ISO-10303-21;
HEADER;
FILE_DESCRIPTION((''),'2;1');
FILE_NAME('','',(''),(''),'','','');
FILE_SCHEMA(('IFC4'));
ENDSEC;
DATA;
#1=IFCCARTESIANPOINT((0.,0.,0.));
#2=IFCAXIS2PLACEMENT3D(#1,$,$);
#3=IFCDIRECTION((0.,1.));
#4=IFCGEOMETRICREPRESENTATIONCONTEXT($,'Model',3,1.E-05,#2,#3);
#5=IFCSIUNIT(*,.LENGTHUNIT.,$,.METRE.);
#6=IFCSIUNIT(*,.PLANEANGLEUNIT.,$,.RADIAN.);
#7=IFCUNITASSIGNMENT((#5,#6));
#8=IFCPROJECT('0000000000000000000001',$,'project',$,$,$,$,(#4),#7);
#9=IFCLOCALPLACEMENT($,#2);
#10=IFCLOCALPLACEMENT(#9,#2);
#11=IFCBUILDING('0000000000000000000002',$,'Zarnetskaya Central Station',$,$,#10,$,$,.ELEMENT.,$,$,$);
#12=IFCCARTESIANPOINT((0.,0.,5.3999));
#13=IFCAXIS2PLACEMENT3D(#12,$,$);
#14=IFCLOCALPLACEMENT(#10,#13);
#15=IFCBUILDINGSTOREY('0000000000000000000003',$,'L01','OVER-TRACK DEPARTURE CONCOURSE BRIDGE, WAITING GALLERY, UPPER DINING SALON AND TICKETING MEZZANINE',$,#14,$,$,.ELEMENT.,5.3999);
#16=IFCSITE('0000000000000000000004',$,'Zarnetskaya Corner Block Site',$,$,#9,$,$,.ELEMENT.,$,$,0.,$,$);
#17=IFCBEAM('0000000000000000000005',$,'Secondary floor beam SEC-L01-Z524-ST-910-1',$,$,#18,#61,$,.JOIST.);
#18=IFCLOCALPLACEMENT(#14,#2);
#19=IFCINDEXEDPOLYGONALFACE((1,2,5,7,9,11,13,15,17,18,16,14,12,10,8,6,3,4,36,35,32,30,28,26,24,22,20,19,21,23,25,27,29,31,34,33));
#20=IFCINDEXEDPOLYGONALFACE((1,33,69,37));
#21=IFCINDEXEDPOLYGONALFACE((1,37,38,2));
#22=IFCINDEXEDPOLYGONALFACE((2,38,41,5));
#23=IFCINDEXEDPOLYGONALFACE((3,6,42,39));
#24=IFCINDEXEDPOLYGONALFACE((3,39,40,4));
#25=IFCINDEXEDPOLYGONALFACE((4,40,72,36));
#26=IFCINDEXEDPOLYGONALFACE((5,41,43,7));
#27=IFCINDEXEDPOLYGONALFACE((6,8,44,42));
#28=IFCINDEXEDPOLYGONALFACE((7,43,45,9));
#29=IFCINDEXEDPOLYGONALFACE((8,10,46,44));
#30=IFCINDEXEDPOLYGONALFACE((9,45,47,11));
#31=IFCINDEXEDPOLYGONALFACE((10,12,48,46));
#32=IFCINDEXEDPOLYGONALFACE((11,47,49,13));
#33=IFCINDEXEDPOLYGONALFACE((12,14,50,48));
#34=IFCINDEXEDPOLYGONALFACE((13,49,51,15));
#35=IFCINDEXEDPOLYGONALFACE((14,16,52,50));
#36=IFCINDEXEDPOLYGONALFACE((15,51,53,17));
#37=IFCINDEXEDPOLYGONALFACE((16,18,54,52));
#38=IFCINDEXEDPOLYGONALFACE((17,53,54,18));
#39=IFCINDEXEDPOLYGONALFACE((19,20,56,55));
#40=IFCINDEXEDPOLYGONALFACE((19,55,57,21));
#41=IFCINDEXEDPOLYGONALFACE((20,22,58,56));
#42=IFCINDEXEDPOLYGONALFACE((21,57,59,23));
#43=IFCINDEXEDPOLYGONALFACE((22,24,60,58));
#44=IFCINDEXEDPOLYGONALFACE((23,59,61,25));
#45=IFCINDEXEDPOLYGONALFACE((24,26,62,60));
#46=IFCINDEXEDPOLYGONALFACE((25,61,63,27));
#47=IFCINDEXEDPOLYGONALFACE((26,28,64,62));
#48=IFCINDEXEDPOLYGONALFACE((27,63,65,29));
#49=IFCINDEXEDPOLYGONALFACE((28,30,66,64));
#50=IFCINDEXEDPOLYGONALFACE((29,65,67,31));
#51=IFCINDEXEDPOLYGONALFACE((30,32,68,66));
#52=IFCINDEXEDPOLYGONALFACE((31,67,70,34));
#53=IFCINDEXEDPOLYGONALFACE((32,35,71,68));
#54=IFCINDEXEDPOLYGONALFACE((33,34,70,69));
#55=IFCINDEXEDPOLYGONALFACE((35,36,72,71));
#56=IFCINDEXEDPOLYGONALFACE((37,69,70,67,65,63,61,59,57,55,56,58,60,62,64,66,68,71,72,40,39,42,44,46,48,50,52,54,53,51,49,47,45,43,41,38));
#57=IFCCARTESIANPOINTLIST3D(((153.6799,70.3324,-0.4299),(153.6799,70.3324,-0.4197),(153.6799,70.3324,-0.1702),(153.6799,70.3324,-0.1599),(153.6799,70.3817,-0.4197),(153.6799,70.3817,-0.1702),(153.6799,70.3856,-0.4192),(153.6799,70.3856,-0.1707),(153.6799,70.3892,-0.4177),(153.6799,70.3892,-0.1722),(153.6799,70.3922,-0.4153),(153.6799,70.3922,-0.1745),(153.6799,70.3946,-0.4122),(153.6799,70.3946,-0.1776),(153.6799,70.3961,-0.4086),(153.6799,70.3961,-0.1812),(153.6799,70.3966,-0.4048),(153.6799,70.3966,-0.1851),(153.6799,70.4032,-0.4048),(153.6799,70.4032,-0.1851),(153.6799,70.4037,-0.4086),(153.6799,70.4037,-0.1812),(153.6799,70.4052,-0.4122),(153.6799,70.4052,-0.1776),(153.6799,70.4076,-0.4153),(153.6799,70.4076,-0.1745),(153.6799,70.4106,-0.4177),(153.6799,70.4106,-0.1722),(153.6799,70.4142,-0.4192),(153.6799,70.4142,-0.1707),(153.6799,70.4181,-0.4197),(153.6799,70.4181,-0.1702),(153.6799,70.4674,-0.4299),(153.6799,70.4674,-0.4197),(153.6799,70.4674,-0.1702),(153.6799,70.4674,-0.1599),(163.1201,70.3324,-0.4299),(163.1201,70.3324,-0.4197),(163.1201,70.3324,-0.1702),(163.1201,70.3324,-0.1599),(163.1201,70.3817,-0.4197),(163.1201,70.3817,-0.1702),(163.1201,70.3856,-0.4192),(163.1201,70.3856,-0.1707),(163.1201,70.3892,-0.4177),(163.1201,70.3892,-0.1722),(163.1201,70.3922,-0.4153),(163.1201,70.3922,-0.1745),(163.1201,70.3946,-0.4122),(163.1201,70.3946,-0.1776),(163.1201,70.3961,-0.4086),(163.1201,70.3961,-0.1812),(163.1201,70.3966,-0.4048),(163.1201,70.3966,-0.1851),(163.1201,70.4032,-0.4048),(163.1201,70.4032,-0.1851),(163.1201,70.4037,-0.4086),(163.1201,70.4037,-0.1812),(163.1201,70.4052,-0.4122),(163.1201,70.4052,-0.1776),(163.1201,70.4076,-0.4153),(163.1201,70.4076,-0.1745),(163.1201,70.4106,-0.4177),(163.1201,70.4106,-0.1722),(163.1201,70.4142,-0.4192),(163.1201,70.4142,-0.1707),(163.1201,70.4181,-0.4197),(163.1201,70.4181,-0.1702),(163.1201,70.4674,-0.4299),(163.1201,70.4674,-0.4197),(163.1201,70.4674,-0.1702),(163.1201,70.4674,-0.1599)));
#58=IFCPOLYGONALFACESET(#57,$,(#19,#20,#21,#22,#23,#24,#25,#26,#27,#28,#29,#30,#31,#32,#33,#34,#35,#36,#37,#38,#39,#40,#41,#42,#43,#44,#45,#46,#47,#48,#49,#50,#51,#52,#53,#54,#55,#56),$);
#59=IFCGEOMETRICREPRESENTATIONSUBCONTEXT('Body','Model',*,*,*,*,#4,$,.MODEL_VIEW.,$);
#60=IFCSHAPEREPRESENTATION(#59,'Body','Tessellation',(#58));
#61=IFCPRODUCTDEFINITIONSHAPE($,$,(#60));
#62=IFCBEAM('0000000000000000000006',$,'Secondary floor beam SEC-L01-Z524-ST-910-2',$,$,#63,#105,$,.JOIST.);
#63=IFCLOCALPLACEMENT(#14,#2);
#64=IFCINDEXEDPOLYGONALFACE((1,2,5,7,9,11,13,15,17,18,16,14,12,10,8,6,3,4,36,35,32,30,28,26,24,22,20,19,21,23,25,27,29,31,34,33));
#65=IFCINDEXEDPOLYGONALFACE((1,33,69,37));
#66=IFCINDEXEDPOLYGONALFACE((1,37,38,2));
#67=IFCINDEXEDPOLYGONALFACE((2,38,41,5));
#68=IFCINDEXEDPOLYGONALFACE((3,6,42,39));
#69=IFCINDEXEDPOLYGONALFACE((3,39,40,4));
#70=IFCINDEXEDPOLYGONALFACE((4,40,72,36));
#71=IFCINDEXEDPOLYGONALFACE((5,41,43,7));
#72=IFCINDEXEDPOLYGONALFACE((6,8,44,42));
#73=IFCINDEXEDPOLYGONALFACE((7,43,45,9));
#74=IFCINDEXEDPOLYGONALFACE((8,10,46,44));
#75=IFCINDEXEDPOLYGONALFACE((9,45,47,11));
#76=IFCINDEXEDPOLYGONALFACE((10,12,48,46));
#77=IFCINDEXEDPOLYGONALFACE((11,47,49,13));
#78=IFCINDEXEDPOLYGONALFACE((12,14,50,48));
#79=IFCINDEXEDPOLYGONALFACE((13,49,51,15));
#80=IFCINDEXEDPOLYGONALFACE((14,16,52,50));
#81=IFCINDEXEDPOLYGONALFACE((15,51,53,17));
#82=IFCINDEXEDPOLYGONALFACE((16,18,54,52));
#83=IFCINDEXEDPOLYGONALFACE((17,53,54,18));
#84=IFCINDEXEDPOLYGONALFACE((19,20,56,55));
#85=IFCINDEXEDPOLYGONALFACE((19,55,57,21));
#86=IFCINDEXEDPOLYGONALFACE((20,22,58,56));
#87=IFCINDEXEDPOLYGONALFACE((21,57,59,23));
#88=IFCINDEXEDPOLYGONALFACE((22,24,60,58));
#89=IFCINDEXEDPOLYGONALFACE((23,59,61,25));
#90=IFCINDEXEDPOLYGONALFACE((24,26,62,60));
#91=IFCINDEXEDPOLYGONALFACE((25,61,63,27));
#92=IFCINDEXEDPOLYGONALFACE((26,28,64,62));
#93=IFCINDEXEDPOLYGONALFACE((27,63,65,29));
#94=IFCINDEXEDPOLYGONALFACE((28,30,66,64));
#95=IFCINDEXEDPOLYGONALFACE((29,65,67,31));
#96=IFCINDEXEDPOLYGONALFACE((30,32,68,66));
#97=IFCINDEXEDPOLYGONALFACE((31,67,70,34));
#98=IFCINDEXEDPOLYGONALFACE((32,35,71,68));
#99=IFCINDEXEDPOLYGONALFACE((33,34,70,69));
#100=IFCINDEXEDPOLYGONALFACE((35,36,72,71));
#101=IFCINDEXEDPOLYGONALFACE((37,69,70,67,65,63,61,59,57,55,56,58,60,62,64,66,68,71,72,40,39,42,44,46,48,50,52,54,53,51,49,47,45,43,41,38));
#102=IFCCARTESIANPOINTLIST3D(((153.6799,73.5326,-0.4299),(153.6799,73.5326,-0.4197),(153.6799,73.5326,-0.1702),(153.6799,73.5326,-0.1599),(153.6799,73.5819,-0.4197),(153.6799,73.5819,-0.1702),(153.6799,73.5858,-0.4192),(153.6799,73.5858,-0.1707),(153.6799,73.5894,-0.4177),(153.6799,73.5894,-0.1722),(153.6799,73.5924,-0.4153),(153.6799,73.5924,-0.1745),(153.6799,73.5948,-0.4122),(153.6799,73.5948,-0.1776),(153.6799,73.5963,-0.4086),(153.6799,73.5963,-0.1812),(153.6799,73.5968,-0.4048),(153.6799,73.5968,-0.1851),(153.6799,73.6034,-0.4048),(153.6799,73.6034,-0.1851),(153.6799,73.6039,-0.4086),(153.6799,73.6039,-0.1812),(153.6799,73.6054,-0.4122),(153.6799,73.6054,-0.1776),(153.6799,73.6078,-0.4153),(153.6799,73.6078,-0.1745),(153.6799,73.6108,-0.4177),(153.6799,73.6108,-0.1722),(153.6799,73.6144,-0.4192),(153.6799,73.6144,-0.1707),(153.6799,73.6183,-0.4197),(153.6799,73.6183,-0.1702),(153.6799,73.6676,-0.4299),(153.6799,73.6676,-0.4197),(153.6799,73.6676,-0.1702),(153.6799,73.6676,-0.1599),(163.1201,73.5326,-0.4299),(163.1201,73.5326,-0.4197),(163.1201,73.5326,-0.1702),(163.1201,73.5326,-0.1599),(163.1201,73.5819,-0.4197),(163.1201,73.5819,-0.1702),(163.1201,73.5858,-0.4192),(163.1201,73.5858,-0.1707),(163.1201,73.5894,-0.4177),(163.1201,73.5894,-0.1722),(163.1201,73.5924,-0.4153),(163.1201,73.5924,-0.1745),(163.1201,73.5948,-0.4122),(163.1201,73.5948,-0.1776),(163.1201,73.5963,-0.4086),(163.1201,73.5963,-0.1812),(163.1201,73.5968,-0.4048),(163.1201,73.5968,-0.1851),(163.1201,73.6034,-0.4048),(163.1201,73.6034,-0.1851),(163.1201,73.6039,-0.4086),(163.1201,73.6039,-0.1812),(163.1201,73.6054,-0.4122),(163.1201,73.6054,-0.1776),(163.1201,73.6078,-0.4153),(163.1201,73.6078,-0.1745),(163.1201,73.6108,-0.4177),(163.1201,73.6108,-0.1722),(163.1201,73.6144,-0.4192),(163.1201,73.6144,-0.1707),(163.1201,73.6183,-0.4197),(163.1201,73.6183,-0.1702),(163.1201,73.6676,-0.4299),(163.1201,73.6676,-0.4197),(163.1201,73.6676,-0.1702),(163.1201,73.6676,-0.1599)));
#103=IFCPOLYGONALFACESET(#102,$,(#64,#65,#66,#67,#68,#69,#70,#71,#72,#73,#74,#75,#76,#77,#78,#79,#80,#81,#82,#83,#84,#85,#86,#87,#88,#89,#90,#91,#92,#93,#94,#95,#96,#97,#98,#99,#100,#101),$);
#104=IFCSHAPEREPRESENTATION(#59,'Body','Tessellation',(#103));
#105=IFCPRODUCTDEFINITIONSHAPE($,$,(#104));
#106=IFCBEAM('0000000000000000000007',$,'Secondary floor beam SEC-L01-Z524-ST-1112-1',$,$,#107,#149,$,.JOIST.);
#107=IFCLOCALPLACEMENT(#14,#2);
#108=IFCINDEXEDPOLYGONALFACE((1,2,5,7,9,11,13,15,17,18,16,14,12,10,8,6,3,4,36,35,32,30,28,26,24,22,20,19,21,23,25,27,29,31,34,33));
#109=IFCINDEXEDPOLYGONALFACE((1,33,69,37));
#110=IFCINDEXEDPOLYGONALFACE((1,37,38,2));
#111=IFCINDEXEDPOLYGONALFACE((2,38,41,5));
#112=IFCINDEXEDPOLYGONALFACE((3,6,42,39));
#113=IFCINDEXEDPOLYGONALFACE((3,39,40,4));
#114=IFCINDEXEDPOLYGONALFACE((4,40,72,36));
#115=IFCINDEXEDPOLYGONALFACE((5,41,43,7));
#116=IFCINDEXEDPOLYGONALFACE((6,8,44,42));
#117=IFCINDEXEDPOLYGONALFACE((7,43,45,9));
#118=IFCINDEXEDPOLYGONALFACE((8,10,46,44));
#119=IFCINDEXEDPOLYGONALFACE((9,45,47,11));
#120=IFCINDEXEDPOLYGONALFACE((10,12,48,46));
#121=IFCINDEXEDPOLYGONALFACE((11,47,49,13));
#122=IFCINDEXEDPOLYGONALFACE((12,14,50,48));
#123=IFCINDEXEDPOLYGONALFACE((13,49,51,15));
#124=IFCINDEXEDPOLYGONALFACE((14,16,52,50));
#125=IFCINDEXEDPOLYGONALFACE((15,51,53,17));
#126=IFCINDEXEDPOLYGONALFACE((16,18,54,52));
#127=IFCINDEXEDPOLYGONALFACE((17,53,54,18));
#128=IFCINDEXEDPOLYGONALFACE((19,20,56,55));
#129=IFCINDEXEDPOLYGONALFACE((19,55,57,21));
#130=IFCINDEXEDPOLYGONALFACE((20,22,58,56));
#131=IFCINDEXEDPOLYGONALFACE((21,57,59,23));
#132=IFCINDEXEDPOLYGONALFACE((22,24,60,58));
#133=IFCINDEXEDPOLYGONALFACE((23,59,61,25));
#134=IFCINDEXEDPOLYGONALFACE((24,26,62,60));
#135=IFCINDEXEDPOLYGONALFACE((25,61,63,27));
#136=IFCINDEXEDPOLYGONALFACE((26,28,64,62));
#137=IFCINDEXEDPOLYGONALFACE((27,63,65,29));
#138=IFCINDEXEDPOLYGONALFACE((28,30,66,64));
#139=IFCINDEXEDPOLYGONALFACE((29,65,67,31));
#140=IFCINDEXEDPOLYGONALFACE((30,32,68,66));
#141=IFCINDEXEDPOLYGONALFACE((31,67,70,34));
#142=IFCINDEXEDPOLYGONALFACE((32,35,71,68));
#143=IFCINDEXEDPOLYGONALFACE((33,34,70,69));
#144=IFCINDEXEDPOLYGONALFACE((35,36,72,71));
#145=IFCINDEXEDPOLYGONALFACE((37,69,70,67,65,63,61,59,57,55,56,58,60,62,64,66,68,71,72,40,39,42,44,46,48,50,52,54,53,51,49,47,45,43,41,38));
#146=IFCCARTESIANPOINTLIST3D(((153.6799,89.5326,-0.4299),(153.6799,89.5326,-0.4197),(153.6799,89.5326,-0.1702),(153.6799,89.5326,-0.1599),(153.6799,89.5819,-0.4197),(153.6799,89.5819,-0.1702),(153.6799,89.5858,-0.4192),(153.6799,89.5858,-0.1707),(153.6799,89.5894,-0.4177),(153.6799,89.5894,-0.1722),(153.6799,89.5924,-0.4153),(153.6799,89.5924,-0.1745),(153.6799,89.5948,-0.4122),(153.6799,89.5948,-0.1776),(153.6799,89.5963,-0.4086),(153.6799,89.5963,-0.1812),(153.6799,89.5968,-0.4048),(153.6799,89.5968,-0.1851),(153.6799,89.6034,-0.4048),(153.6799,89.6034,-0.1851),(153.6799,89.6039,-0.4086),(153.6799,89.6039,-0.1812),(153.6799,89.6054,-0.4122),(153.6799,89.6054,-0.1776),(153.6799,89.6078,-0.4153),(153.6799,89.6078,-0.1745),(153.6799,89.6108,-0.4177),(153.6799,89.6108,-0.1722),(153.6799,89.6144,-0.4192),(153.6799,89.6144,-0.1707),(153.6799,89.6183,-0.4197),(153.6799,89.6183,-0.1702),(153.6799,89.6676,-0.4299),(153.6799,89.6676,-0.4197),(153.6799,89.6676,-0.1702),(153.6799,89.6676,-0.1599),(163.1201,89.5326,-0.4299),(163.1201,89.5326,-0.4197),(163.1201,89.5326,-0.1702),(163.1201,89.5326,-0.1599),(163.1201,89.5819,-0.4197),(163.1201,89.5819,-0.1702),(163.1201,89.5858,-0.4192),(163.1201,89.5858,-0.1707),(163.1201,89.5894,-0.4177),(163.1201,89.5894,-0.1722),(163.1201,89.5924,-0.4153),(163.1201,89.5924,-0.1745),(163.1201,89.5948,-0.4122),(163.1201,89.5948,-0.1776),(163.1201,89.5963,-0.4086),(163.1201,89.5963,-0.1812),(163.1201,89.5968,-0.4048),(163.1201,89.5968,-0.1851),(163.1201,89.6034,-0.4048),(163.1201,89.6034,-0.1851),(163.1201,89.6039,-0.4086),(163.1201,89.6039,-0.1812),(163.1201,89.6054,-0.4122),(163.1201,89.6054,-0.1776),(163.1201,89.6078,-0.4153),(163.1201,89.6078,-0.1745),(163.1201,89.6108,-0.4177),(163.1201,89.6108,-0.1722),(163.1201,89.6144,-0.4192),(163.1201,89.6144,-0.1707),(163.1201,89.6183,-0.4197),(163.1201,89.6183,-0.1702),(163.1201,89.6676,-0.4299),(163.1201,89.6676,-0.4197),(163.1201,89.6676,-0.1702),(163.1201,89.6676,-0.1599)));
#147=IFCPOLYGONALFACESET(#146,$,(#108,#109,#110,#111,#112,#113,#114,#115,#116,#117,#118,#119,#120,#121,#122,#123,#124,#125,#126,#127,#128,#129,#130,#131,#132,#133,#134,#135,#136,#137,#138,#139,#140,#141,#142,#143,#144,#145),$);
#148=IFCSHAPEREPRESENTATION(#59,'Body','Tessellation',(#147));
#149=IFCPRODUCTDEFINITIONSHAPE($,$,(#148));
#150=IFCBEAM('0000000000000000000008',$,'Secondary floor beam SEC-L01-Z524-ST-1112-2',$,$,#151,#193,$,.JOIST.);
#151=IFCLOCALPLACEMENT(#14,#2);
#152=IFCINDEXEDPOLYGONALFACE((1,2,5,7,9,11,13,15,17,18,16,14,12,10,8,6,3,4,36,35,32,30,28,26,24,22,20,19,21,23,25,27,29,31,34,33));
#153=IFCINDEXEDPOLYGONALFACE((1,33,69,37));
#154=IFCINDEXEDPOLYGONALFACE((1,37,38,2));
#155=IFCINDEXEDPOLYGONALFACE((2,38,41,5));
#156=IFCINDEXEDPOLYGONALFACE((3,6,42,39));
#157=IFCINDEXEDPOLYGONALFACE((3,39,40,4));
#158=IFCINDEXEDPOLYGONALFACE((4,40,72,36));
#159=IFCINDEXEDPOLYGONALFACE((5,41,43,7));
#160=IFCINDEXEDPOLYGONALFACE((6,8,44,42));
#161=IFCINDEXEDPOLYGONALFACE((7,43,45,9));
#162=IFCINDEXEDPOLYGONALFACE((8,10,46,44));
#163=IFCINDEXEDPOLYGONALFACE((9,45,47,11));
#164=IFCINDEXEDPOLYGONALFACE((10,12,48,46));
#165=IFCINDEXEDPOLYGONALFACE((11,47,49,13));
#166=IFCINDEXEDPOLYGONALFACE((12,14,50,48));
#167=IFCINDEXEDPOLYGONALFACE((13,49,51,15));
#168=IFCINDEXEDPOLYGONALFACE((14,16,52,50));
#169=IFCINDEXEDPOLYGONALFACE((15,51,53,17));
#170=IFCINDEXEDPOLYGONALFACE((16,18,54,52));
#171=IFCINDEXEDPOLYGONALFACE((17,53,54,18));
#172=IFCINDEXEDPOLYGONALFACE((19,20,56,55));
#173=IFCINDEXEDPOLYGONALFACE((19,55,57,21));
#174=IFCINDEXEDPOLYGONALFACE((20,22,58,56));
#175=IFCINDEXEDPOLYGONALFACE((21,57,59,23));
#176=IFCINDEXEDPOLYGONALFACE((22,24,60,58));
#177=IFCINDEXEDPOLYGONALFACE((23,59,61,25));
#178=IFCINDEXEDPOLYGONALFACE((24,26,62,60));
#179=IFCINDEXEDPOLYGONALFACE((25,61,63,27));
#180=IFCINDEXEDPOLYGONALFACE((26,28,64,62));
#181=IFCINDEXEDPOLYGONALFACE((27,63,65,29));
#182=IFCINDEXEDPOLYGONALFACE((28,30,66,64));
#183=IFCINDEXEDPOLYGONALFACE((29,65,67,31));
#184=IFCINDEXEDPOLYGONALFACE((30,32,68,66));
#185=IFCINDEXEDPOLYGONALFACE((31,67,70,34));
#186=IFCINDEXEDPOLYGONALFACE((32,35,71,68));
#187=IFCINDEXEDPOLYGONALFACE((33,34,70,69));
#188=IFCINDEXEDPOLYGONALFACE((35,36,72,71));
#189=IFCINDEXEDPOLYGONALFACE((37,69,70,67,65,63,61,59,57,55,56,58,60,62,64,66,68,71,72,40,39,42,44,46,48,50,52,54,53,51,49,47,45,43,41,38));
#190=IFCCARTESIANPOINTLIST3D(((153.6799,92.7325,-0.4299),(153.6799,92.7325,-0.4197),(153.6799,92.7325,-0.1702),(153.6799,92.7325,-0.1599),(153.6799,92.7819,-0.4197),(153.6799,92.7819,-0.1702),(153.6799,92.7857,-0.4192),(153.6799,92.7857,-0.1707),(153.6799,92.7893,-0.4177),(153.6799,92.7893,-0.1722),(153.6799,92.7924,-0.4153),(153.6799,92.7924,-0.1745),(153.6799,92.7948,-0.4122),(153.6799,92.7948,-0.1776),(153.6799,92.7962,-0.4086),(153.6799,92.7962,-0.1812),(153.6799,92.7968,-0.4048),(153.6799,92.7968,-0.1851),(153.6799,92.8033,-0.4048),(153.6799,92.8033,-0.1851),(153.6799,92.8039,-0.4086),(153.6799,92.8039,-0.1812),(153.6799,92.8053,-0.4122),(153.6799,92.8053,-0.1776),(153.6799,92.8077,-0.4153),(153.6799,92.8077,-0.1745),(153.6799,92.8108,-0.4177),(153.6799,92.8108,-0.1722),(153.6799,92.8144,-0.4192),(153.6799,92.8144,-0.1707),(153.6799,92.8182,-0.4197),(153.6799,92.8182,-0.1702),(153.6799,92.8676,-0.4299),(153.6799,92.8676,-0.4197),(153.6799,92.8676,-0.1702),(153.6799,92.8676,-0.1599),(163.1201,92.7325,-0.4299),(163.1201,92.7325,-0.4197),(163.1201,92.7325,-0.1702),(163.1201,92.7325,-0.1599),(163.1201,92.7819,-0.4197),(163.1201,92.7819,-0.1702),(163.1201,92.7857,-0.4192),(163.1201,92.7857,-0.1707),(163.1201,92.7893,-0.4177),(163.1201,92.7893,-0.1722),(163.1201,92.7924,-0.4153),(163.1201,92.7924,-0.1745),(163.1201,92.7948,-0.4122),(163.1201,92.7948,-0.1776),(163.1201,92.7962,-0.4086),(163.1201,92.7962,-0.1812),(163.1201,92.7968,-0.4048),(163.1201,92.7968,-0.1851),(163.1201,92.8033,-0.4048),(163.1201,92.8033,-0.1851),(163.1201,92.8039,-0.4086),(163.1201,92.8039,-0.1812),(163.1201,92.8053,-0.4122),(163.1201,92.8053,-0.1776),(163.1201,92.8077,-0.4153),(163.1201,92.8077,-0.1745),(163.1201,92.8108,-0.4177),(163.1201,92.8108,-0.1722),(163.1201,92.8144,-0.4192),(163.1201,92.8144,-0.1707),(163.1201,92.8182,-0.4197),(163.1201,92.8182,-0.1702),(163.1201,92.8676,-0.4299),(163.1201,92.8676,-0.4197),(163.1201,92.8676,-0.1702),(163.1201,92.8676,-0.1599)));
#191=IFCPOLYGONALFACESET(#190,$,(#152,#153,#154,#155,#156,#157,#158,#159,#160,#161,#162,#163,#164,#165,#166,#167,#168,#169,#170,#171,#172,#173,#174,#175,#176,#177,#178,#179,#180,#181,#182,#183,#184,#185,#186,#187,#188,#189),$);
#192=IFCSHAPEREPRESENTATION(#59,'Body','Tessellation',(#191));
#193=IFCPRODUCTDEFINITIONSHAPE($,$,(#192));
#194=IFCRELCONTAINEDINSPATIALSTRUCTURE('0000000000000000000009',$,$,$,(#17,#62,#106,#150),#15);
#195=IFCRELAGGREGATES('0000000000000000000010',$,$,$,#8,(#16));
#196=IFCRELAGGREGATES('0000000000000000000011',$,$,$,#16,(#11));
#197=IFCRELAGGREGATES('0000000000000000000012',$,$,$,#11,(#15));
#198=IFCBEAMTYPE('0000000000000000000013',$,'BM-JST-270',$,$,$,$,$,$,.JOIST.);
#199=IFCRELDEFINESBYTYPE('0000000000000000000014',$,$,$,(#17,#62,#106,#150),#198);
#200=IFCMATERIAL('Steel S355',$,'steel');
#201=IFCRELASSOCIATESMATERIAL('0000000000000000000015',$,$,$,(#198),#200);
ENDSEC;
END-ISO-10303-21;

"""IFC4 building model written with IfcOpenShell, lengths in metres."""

from ifc_helpers import new_model, si_unit, direction, frame, origin, origin_2d, place, context, subcontext, project, spatial, i_section, extrude, material, material_profile, profile_set, type_object, element, save


model = new_model("IFC4")

# Units and contexts
model_context = context("Model", 3, precision=1e-05, world=origin(), true_north=direction((0.0, 1.0)))
body_context = subcontext(model_context, "Body", "Model", "MODEL_VIEW")
ifc_project = project(units=[si_unit("LENGTHUNIT", "METRE"), si_unit("PLANEANGLEUNIT", "RADIAN")], contexts=[model_context])

# Site, building, storey
site_placement = place(None, origin())
site = spatial("IfcSite", under=ifc_project, at=site_placement, Name="Zarnetskaya Corner Block Site", CompositionType="ELEMENT", RefElevation=0.0)
building_placement = place(site_placement, origin())
building = spatial("IfcBuilding", under=site, at=building_placement, Name="Zarnetskaya Central Station", CompositionType="ELEMENT")
storey_placement = place(building_placement, frame((0.0, 0.0, 5.3999)))
storey = spatial("IfcBuildingStorey", under=building, at=storey_placement, Name="L01", Description="OVER-TRACK DEPARTURE CONCOURSE BRIDGE, WAITING GALLERY, UPPER DINING SALON AND TICKETING MEZZANINE", CompositionType="ELEMENT", Elevation=5.3999)

# Beams
ifc_material = material(Name="Steel S355", Category="steel")
ifc_material_profile_1 = material_profile(ifc_material, i_section(OverallWidth=0.135, OverallDepth=0.27, WebThickness=0.0066, FlangeThickness=0.0103, FilletRadius=0.0149, at=origin_2d()), Name="IPE 270")
ifc_profile_set_1 = profile_set([ifc_material_profile_1], Name="Steel S355")
beam_type_1 = type_object("IfcBeamType", Name="BM-JST-270", PredefinedType="JOIST", material=ifc_profile_set_1)
for number, where, z_axis, x_axis, name in (
    (1, (153.6799, 70.3999, -0.2949), (1.0, 0.0, 0.0), (0.0, 1.0, 0.0), "Secondary floor beam SEC-L01-Z524-ST-910-1"),
    (2, (153.6799, 73.6001, -0.2949), (1.0, 0.0, 0.0), (0.0, 1.0, 0.0), "Secondary floor beam SEC-L01-Z524-ST-910-2"),
    (3, (153.6799, 89.6001, -0.2949), (1.0, 0.0, 0.0), (0.0, 1.0, 0.0), "Secondary floor beam SEC-L01-Z524-ST-1112-1"),
    (4, (153.6799, 92.8, -0.2949), (1.0, 0.0, 0.0), (0.0, 1.0, 0.0), "Secondary floor beam SEC-L01-Z524-ST-1112-2"),
):
    element("IfcBeam", number, at=place(storey_placement, frame(where, z_axis=z_axis, x_axis=x_axis)), inside=storey, type_object=beam_type_1, Name=name, PredefinedType="JOIST", context=body_context, shape_type="SweptSolid", body=[
        extrude(i_section(OverallWidth=0.135, OverallDepth=0.27, WebThickness=0.0066, FlangeThickness=0.0103, FilletRadius=0.0149, at=origin_2d()), origin(), (0.0, 0.0, 1.0), 9.4402),
    ])

save(model, "model.ifc")
